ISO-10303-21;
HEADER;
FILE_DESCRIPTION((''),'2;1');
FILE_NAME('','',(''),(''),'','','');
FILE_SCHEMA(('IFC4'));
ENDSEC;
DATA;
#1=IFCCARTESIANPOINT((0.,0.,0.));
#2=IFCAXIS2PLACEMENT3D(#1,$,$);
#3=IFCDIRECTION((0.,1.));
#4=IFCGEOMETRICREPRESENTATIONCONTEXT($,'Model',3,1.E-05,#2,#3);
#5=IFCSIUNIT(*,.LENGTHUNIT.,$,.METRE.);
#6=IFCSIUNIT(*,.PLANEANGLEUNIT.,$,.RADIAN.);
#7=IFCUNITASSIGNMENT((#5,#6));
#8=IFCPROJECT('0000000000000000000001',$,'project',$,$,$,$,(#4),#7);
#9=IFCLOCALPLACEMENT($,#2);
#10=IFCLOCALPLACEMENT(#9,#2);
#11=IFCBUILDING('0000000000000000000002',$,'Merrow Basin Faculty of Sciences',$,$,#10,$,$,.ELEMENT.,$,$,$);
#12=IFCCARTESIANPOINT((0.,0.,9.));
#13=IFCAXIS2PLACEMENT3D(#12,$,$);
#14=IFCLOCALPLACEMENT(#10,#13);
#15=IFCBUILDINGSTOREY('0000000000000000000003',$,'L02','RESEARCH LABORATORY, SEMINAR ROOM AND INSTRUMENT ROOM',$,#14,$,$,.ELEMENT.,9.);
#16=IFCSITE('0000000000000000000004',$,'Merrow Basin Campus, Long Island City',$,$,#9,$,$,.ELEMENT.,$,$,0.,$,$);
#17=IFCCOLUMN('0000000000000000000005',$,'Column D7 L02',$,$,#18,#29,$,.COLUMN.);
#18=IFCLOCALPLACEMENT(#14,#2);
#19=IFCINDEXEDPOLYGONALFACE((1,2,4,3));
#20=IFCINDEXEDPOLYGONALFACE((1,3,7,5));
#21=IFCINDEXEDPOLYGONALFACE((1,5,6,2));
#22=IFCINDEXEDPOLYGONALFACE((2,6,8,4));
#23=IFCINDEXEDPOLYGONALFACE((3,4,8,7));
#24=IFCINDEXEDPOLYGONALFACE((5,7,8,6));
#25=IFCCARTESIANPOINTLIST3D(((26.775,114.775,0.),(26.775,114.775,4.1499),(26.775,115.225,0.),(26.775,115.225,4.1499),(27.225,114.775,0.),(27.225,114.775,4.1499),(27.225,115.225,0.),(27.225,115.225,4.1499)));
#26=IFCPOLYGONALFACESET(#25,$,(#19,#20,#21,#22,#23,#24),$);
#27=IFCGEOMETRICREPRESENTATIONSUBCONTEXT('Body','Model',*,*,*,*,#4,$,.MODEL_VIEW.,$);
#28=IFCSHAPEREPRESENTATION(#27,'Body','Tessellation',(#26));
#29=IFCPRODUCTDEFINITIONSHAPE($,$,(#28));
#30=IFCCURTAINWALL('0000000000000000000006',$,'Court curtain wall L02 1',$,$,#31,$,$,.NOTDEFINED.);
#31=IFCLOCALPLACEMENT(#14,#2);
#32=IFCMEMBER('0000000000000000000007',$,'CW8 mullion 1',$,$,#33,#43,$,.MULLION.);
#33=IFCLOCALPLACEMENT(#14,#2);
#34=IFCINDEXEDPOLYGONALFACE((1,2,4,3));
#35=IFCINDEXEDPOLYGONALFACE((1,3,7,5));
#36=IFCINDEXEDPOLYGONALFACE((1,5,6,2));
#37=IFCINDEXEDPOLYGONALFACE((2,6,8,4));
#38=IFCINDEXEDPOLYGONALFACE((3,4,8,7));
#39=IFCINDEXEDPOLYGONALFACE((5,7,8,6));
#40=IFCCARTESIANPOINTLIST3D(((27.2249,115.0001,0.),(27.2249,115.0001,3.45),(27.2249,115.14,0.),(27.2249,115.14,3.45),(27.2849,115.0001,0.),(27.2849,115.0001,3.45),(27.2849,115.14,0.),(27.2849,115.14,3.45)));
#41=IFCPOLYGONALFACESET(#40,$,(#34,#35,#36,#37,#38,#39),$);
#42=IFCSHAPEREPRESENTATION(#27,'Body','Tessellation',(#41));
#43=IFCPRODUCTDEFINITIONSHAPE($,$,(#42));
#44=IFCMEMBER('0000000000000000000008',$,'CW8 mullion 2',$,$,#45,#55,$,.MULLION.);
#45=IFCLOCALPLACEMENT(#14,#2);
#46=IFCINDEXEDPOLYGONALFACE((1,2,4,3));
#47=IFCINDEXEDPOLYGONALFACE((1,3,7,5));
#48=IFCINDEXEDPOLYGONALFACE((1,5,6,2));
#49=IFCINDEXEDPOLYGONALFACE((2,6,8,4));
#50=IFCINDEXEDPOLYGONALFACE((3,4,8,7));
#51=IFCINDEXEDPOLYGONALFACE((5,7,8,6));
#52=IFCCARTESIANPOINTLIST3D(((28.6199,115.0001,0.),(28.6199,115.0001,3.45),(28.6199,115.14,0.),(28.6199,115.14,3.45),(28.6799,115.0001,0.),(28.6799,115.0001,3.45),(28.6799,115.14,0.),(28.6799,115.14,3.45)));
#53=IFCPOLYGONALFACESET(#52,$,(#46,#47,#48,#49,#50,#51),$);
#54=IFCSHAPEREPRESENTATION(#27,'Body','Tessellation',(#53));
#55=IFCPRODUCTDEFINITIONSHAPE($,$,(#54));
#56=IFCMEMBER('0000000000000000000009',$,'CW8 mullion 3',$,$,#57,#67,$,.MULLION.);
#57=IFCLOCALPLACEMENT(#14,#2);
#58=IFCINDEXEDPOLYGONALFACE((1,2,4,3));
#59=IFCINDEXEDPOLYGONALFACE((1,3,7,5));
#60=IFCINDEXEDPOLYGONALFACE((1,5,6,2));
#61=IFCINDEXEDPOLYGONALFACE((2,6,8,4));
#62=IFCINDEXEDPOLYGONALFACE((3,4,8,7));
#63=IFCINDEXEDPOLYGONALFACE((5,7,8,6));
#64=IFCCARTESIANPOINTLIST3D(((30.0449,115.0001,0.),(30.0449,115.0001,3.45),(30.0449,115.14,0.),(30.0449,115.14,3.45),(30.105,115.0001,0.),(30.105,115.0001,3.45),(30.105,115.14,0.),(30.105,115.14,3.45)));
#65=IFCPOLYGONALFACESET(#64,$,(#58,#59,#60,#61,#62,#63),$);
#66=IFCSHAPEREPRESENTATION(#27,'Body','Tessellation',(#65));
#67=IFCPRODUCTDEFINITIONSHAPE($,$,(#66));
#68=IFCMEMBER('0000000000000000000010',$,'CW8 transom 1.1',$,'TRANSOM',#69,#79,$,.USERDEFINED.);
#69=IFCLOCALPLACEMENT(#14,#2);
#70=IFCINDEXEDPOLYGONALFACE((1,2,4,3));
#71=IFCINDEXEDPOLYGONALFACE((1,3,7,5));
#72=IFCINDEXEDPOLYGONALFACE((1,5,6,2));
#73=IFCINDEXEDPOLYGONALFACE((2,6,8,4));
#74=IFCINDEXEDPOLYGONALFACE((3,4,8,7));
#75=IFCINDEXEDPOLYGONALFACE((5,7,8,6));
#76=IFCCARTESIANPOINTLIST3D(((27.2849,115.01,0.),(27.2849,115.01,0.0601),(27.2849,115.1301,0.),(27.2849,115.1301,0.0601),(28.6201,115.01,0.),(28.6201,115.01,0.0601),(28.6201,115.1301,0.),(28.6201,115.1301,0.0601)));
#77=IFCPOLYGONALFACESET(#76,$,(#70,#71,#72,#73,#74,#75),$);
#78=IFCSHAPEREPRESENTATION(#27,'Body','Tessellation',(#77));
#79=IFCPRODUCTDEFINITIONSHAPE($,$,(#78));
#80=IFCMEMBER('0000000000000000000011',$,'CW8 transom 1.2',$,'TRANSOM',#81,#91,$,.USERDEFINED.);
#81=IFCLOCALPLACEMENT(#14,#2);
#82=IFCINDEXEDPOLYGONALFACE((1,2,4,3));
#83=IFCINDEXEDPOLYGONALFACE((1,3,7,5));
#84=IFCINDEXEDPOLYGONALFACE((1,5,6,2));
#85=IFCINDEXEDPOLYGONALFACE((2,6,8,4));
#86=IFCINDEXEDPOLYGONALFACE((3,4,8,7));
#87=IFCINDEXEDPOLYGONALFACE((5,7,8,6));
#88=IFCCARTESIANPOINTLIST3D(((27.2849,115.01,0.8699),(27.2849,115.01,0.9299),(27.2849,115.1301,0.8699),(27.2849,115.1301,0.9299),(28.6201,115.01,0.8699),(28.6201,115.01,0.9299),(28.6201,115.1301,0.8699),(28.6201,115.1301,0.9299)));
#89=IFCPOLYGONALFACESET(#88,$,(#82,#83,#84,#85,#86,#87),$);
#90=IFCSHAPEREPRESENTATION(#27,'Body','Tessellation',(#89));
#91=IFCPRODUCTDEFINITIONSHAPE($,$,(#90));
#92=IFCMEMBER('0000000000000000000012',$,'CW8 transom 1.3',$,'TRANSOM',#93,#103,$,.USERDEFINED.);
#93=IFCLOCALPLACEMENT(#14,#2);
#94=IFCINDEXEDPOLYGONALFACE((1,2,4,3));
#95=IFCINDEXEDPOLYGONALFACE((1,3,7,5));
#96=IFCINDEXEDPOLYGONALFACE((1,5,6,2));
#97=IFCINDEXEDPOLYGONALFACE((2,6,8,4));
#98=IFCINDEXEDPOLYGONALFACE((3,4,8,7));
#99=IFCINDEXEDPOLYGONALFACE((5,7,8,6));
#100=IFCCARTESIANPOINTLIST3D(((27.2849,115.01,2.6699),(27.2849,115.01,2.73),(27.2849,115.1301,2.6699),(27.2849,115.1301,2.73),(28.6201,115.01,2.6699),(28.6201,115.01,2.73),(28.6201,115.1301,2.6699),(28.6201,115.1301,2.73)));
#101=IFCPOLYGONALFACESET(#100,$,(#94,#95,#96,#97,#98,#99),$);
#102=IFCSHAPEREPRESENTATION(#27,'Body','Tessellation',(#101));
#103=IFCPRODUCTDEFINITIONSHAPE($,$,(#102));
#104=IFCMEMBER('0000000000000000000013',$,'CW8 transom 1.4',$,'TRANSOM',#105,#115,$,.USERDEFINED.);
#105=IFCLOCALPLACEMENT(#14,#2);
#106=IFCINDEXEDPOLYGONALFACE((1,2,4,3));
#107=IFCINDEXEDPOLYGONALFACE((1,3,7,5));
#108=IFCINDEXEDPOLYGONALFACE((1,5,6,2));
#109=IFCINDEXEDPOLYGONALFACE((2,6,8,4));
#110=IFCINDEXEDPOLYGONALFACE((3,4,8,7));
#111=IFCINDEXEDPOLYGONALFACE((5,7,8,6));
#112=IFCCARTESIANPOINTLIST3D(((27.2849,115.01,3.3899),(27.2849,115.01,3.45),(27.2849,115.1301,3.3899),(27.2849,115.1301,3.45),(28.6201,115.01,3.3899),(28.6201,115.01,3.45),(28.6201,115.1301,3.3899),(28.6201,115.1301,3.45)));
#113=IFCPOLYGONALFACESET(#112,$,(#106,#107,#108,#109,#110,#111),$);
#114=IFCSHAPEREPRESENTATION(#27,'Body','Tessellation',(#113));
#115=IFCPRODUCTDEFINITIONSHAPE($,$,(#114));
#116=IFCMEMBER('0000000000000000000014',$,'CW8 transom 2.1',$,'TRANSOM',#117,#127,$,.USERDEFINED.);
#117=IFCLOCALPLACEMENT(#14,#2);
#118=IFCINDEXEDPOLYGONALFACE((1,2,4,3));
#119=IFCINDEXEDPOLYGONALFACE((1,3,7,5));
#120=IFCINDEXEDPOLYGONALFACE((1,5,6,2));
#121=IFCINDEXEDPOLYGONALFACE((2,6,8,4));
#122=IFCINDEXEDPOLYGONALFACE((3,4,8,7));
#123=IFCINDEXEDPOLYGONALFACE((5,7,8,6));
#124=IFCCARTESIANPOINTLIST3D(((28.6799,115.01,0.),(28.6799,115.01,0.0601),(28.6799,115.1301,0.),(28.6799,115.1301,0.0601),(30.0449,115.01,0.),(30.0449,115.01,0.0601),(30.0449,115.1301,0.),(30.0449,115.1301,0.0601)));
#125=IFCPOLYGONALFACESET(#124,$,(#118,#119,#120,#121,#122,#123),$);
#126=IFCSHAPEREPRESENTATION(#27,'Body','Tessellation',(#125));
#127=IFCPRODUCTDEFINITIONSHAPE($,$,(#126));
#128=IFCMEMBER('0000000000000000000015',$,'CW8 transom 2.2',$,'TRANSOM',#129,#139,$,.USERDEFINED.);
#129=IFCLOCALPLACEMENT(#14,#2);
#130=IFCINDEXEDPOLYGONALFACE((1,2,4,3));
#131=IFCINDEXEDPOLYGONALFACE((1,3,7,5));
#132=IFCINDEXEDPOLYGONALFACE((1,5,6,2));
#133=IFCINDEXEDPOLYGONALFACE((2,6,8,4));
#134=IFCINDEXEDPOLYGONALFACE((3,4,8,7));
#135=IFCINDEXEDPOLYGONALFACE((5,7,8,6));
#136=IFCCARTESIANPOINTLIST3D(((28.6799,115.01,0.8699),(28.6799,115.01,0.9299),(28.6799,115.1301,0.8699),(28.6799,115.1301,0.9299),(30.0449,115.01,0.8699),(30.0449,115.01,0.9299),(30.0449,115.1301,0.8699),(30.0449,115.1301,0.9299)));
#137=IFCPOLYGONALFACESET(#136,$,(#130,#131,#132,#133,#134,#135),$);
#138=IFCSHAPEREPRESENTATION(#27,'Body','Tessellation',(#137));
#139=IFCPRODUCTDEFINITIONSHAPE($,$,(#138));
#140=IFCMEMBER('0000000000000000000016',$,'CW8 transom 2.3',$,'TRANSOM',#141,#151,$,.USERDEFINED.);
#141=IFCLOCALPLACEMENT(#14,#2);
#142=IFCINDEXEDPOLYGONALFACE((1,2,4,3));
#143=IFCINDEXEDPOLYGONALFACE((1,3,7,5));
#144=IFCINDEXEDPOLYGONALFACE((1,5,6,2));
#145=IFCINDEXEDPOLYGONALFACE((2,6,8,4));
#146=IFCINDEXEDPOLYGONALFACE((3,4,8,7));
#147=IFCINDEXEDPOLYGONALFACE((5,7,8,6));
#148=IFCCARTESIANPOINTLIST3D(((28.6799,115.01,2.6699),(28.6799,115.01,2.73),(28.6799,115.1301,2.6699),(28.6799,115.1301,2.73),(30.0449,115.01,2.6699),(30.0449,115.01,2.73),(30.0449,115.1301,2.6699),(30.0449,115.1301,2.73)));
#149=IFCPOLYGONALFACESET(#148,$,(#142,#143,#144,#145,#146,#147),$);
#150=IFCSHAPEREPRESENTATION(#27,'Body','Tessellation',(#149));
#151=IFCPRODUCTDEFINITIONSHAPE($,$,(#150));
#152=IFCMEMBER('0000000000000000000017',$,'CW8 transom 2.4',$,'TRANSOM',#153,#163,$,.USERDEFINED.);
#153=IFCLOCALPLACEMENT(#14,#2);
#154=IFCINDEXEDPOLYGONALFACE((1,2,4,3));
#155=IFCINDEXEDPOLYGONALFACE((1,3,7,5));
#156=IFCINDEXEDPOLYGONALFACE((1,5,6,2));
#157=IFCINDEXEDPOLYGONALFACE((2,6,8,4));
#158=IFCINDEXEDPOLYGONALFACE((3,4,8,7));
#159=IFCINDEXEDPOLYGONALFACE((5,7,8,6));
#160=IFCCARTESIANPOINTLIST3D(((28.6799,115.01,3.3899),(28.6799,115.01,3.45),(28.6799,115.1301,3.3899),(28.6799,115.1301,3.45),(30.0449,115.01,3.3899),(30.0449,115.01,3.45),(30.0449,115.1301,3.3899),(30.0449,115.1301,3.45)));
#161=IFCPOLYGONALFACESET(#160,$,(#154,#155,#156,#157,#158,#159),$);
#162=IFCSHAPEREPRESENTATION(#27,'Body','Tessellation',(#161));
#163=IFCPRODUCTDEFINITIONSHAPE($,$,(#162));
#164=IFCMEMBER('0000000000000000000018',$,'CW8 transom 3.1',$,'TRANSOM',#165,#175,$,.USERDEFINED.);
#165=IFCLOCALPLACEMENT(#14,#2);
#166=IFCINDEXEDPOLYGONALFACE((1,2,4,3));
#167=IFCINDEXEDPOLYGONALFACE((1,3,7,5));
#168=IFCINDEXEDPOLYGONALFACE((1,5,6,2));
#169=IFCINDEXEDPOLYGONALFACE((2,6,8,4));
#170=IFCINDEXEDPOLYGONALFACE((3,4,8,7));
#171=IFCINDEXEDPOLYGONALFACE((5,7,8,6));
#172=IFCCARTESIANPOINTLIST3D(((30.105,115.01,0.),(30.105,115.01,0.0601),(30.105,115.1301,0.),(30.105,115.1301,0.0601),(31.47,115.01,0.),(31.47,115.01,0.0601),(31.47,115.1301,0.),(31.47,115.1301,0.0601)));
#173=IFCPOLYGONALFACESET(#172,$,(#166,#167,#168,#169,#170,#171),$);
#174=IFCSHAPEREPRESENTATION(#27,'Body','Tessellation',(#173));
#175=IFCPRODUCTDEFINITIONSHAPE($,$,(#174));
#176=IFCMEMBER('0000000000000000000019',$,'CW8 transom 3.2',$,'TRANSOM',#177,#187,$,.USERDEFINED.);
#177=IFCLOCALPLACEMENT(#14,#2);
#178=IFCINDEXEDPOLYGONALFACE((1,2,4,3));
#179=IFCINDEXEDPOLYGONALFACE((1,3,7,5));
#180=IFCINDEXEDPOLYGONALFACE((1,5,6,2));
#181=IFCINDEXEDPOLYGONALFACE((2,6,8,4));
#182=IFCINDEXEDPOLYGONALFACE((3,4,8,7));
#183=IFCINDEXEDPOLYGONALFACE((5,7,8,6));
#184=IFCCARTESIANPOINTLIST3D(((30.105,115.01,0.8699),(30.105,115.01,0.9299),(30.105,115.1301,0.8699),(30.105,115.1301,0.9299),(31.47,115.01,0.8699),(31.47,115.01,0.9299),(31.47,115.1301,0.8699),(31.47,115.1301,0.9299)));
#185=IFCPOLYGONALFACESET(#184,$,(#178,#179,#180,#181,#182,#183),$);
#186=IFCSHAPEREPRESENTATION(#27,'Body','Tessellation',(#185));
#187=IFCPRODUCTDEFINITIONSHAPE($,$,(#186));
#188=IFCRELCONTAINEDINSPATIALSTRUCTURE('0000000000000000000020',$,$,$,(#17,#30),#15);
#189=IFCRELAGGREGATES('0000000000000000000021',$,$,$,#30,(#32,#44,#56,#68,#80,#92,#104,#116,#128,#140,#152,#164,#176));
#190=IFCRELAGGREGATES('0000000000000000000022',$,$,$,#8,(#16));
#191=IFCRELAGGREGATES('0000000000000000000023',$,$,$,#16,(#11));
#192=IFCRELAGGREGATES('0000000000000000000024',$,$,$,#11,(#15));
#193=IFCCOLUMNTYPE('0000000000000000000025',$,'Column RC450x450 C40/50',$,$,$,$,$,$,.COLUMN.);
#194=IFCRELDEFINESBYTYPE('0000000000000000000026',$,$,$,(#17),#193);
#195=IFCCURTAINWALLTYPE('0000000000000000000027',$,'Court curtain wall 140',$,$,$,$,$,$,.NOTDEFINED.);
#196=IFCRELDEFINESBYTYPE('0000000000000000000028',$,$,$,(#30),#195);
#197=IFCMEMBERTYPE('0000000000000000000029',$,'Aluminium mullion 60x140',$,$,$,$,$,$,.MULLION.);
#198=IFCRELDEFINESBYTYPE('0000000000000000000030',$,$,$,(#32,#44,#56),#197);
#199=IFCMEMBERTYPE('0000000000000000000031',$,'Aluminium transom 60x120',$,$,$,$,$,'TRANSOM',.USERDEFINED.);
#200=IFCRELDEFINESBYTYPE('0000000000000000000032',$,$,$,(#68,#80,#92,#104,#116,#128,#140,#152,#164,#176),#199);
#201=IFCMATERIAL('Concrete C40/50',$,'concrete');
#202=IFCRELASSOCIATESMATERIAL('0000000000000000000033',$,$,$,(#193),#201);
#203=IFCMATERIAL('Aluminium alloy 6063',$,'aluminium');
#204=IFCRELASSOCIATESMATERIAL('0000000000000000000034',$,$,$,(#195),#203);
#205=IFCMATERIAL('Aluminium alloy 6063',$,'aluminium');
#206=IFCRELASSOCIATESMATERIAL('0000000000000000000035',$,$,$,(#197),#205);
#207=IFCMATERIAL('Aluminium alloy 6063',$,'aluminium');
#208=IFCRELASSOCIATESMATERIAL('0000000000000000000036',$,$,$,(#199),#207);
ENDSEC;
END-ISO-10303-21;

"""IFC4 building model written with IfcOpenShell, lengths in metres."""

from ifc_helpers import new_model, si_unit, direction, frame, origin, origin_2d, place, context, subcontext, project, spatial, rectangle, extrude, material, material_profile, profile_set, type_object, element, aggregate, save


model = new_model("IFC4")

# Units and contexts
model_context = context("Model", 3, precision=1e-05, world=origin(), true_north=direction((0.0, 1.0)))
body_context = subcontext(model_context, "Body", "Model", "MODEL_VIEW")
ifc_project = project(units=[si_unit("LENGTHUNIT", "METRE"), si_unit("PLANEANGLEUNIT", "RADIAN")], contexts=[model_context])

# Site, building, storey
site_placement = place(None, origin())
site = spatial("IfcSite", under=ifc_project, at=site_placement, Name="Merrow Basin Campus, Long Island City", CompositionType="ELEMENT", RefElevation=0.0)
building_placement = place(site_placement, origin())
building = spatial("IfcBuilding", under=site, at=building_placement, Name="Merrow Basin Faculty of Sciences", CompositionType="ELEMENT")
storey_placement = place(building_placement, frame((0.0, 0.0, 9.0)))
storey = spatial("IfcBuildingStorey", under=building, at=storey_placement, Name="L02", Description="RESEARCH LABORATORY, SEMINAR ROOM AND INSTRUMENT ROOM", CompositionType="ELEMENT", Elevation=9.0)

# Column
ifc_material_1 = material(Name="Concrete C40/50", Category="concrete")
ifc_material_profile_1 = material_profile(ifc_material_1, rectangle(XDim=0.45, YDim=0.45, at=origin_2d()))
ifc_profile_set_1 = profile_set([ifc_material_profile_1], Name="Concrete C40/50")
column_type = type_object("IfcColumnType", Name="Column RC450x450 C40/50", PredefinedType="COLUMN", material=ifc_profile_set_1)
column_placement = place(storey_placement, frame((27.0, 115.0, 0.0), z_axis=(0.0, 0.0, 1.0), x_axis=(1.0, 0.0, 0.0)))
element("IfcColumn", 1, at=column_placement, inside=storey, type_object=column_type, Name="Column D7 L02", PredefinedType="COLUMN", context=body_context, shape_type="SweptSolid", body=[
    extrude(rectangle(XDim=0.45, YDim=0.45, at=origin_2d()), origin(), (0.0, 0.0, 1.0), 4.1499),
])

# Curtain wall, members
ifc_material_2 = material(Name="Aluminium alloy 6063", Category="aluminium")
curtain_wall_type = type_object("IfcCurtainWallType", Name="Court curtain wall 140", PredefinedType="NOTDEFINED", material=ifc_material_2)
curtain_wall_placement = place(storey_placement, origin())
curtain_wall = element("IfcCurtainWall", 2, at=curtain_wall_placement, inside=storey, type_object=curtain_wall_type, Name="Court curtain wall L02 1", PredefinedType="NOTDEFINED")
ifc_material_3 = material(Name="Aluminium alloy 6063", Category="aluminium")
ifc_material_profile_2 = material_profile(ifc_material_3, rectangle(XDim=0.1399, YDim=0.0601, at=origin_2d()))
ifc_profile_set_2 = profile_set([ifc_material_profile_2], Name="Aluminium alloy 6063")
member_type_1 = type_object("IfcMemberType", Name="Aluminium mullion 60x140", PredefinedType="MULLION", material=ifc_profile_set_2)
member_1_placement = place(storey_placement, frame((27.2549, 115.0701, 0.0), z_axis=(0.0, 0.0, 1.0), x_axis=(0.0, 1.0, 0.0)))
member_1 = element("IfcMember", 3, at=member_1_placement, type_object=member_type_1, Name="CW8 mullion 1", PredefinedType="MULLION", context=body_context, shape_type="SweptSolid", body=[
    extrude(rectangle(XDim=0.1399, YDim=0.0601, at=origin_2d()), origin(), (0.0, 0.0, 1.0), 3.45),
])
member_2_placement = place(storey_placement, frame((28.6499, 115.0701, 0.0), z_axis=(0.0, 0.0, 1.0), x_axis=(0.0, 1.0, 0.0)))
member_2 = element("IfcMember", 4, at=member_2_placement, type_object=member_type_1, Name="CW8 mullion 2", PredefinedType="MULLION", context=body_context, shape_type="SweptSolid", body=[
    extrude(rectangle(XDim=0.1399, YDim=0.0601, at=origin_2d()), origin(), (0.0, 0.0, 1.0), 3.45),
])
member_3_placement = place(storey_placement, frame((30.075, 115.0701, 0.0), z_axis=(0.0, 0.0, 1.0), x_axis=(0.0, 1.0, 0.0)))
member_3 = element("IfcMember", 5, at=member_3_placement, type_object=member_type_1, Name="CW8 mullion 3", PredefinedType="MULLION", context=body_context, shape_type="SweptSolid", body=[
    extrude(rectangle(XDim=0.1399, YDim=0.0601, at=origin_2d()), origin(), (0.0, 0.0, 1.0), 3.45),
])
ifc_material_4 = material(Name="Aluminium alloy 6063", Category="aluminium")
ifc_material_profile_3 = material_profile(ifc_material_4, rectangle(XDim=0.1201, YDim=0.0601, at=origin_2d()))
ifc_profile_set_3 = profile_set([ifc_material_profile_3], Name="Aluminium alloy 6063")
member_type_2 = type_object("IfcMemberType", Name="Aluminium transom 60x120", ElementType="TRANSOM", PredefinedType="USERDEFINED", material=ifc_profile_set_3)
member_4_placement = place(storey_placement, frame((27.2849, 115.0701, 0.03), z_axis=(1.0, 0.0, 0.0), x_axis=(0.0, 1.0, 0.0)))
member_4 = element("IfcMember", 6, at=member_4_placement, type_object=member_type_2, Name="CW8 transom 1.1", ObjectType="TRANSOM", PredefinedType="USERDEFINED", context=body_context, shape_type="SweptSolid", body=[
    extrude(rectangle(XDim=0.1201, YDim=0.0601, at=origin_2d()), origin(), (0.0, 0.0, 1.0), 1.3352),
])
member_5_placement = place(storey_placement, frame((27.2849, 115.0701, 0.8999), z_axis=(1.0, 0.0, 0.0), x_axis=(0.0, 1.0, 0.0)))
member_5 = element("IfcMember", 7, at=member_5_placement, type_object=member_type_2, Name="CW8 transom 1.2", ObjectType="TRANSOM", PredefinedType="USERDEFINED", context=body_context, shape_type="SweptSolid", body=[
    extrude(rectangle(XDim=0.1201, YDim=0.0601, at=origin_2d()), origin(), (0.0, 0.0, 1.0), 1.3352),
])
member_6_placement = place(storey_placement, frame((27.2849, 115.0701, 2.7), z_axis=(1.0, 0.0, 0.0), x_axis=(0.0, 1.0, 0.0)))
member_6 = element("IfcMember", 8, at=member_6_placement, type_object=member_type_2, Name="CW8 transom 1.3", ObjectType="TRANSOM", PredefinedType="USERDEFINED", context=body_context, shape_type="SweptSolid", body=[
    extrude(rectangle(XDim=0.1201, YDim=0.0601, at=origin_2d()), origin(), (0.0, 0.0, 1.0), 1.3352),
])
member_7_placement = place(storey_placement, frame((27.2849, 115.0701, 3.4199), z_axis=(1.0, 0.0, 0.0), x_axis=(0.0, 1.0, 0.0)))
member_7 = element("IfcMember", 9, at=member_7_placement, type_object=member_type_2, Name="CW8 transom 1.4", ObjectType="TRANSOM", PredefinedType="USERDEFINED", context=body_context, shape_type="SweptSolid", body=[
    extrude(rectangle(XDim=0.1201, YDim=0.0601, at=origin_2d()), origin(), (0.0, 0.0, 1.0), 1.3352),
])
member_8_placement = place(storey_placement, frame((28.6799, 115.0701, 0.03), z_axis=(1.0, 0.0, 0.0), x_axis=(0.0, 1.0, 0.0)))
member_8 = element("IfcMember", 10, at=member_8_placement, type_object=member_type_2, Name="CW8 transom 2.1", ObjectType="TRANSOM", PredefinedType="USERDEFINED", context=body_context, shape_type="SweptSolid", body=[
    extrude(rectangle(XDim=0.1201, YDim=0.0601, at=origin_2d()), origin(), (0.0, 0.0, 1.0), 1.365),
])
member_9_placement = place(storey_placement, frame((28.6799, 115.0701, 0.8999), z_axis=(1.0, 0.0, 0.0), x_axis=(0.0, 1.0, 0.0)))
member_9 = element("IfcMember", 11, at=member_9_placement, type_object=member_type_2, Name="CW8 transom 2.2", ObjectType="TRANSOM", PredefinedType="USERDEFINED", context=body_context, shape_type="SweptSolid", body=[
    extrude(rectangle(XDim=0.1201, YDim=0.0601, at=origin_2d()), origin(), (0.0, 0.0, 1.0), 1.365),
])
member_10_placement = place(storey_placement, frame((28.6799, 115.0701, 2.7), z_axis=(1.0, 0.0, 0.0), x_axis=(0.0, 1.0, 0.0)))
member_10 = element("IfcMember", 12, at=member_10_placement, type_object=member_type_2, Name="CW8 transom 2.3", ObjectType="TRANSOM", PredefinedType="USERDEFINED", context=body_context, shape_type="SweptSolid", body=[
    extrude(rectangle(XDim=0.1201, YDim=0.0601, at=origin_2d()), origin(), (0.0, 0.0, 1.0), 1.365),
])
member_11_placement = place(storey_placement, frame((28.6799, 115.0701, 3.4199), z_axis=(1.0, 0.0, 0.0), x_axis=(0.0, 1.0, 0.0)))
member_11 = element("IfcMember", 13, at=member_11_placement, type_object=member_type_2, Name="CW8 transom 2.4", ObjectType="TRANSOM", PredefinedType="USERDEFINED", context=body_context, shape_type="SweptSolid", body=[
    extrude(rectangle(XDim=0.1201, YDim=0.0601, at=origin_2d()), origin(), (0.0, 0.0, 1.0), 1.365),
])
member_12_placement = place(storey_placement, frame((30.105, 115.0701, 0.03), z_axis=(1.0, 0.0, 0.0), x_axis=(0.0, 1.0, 0.0)))
member_12 = element("IfcMember", 14, at=member_12_placement, type_object=member_type_2, Name="CW8 transom 3.1", ObjectType="TRANSOM", PredefinedType="USERDEFINED", context=body_context, shape_type="SweptSolid", body=[
    extrude(rectangle(XDim=0.1201, YDim=0.0601, at=origin_2d()), origin(), (0.0, 0.0, 1.0), 1.365),
])
member_13_placement = place(storey_placement, frame((30.105, 115.0701, 0.8999), z_axis=(1.0, 0.0, 0.0), x_axis=(0.0, 1.0, 0.0)))
member_13 = element("IfcMember", 15, at=member_13_placement, type_object=member_type_2, Name="CW8 transom 3.2", ObjectType="TRANSOM", PredefinedType="USERDEFINED", context=body_context, shape_type="SweptSolid", body=[
    extrude(rectangle(XDim=0.1201, YDim=0.0601, at=origin_2d()), origin(), (0.0, 0.0, 1.0), 1.365),
])

aggregate(curtain_wall, [member_1, member_2, member_3, member_4, member_5, member_6, member_7, member_8, member_9, member_10, member_11, member_12, member_13])

save(model, "model.ifc")
